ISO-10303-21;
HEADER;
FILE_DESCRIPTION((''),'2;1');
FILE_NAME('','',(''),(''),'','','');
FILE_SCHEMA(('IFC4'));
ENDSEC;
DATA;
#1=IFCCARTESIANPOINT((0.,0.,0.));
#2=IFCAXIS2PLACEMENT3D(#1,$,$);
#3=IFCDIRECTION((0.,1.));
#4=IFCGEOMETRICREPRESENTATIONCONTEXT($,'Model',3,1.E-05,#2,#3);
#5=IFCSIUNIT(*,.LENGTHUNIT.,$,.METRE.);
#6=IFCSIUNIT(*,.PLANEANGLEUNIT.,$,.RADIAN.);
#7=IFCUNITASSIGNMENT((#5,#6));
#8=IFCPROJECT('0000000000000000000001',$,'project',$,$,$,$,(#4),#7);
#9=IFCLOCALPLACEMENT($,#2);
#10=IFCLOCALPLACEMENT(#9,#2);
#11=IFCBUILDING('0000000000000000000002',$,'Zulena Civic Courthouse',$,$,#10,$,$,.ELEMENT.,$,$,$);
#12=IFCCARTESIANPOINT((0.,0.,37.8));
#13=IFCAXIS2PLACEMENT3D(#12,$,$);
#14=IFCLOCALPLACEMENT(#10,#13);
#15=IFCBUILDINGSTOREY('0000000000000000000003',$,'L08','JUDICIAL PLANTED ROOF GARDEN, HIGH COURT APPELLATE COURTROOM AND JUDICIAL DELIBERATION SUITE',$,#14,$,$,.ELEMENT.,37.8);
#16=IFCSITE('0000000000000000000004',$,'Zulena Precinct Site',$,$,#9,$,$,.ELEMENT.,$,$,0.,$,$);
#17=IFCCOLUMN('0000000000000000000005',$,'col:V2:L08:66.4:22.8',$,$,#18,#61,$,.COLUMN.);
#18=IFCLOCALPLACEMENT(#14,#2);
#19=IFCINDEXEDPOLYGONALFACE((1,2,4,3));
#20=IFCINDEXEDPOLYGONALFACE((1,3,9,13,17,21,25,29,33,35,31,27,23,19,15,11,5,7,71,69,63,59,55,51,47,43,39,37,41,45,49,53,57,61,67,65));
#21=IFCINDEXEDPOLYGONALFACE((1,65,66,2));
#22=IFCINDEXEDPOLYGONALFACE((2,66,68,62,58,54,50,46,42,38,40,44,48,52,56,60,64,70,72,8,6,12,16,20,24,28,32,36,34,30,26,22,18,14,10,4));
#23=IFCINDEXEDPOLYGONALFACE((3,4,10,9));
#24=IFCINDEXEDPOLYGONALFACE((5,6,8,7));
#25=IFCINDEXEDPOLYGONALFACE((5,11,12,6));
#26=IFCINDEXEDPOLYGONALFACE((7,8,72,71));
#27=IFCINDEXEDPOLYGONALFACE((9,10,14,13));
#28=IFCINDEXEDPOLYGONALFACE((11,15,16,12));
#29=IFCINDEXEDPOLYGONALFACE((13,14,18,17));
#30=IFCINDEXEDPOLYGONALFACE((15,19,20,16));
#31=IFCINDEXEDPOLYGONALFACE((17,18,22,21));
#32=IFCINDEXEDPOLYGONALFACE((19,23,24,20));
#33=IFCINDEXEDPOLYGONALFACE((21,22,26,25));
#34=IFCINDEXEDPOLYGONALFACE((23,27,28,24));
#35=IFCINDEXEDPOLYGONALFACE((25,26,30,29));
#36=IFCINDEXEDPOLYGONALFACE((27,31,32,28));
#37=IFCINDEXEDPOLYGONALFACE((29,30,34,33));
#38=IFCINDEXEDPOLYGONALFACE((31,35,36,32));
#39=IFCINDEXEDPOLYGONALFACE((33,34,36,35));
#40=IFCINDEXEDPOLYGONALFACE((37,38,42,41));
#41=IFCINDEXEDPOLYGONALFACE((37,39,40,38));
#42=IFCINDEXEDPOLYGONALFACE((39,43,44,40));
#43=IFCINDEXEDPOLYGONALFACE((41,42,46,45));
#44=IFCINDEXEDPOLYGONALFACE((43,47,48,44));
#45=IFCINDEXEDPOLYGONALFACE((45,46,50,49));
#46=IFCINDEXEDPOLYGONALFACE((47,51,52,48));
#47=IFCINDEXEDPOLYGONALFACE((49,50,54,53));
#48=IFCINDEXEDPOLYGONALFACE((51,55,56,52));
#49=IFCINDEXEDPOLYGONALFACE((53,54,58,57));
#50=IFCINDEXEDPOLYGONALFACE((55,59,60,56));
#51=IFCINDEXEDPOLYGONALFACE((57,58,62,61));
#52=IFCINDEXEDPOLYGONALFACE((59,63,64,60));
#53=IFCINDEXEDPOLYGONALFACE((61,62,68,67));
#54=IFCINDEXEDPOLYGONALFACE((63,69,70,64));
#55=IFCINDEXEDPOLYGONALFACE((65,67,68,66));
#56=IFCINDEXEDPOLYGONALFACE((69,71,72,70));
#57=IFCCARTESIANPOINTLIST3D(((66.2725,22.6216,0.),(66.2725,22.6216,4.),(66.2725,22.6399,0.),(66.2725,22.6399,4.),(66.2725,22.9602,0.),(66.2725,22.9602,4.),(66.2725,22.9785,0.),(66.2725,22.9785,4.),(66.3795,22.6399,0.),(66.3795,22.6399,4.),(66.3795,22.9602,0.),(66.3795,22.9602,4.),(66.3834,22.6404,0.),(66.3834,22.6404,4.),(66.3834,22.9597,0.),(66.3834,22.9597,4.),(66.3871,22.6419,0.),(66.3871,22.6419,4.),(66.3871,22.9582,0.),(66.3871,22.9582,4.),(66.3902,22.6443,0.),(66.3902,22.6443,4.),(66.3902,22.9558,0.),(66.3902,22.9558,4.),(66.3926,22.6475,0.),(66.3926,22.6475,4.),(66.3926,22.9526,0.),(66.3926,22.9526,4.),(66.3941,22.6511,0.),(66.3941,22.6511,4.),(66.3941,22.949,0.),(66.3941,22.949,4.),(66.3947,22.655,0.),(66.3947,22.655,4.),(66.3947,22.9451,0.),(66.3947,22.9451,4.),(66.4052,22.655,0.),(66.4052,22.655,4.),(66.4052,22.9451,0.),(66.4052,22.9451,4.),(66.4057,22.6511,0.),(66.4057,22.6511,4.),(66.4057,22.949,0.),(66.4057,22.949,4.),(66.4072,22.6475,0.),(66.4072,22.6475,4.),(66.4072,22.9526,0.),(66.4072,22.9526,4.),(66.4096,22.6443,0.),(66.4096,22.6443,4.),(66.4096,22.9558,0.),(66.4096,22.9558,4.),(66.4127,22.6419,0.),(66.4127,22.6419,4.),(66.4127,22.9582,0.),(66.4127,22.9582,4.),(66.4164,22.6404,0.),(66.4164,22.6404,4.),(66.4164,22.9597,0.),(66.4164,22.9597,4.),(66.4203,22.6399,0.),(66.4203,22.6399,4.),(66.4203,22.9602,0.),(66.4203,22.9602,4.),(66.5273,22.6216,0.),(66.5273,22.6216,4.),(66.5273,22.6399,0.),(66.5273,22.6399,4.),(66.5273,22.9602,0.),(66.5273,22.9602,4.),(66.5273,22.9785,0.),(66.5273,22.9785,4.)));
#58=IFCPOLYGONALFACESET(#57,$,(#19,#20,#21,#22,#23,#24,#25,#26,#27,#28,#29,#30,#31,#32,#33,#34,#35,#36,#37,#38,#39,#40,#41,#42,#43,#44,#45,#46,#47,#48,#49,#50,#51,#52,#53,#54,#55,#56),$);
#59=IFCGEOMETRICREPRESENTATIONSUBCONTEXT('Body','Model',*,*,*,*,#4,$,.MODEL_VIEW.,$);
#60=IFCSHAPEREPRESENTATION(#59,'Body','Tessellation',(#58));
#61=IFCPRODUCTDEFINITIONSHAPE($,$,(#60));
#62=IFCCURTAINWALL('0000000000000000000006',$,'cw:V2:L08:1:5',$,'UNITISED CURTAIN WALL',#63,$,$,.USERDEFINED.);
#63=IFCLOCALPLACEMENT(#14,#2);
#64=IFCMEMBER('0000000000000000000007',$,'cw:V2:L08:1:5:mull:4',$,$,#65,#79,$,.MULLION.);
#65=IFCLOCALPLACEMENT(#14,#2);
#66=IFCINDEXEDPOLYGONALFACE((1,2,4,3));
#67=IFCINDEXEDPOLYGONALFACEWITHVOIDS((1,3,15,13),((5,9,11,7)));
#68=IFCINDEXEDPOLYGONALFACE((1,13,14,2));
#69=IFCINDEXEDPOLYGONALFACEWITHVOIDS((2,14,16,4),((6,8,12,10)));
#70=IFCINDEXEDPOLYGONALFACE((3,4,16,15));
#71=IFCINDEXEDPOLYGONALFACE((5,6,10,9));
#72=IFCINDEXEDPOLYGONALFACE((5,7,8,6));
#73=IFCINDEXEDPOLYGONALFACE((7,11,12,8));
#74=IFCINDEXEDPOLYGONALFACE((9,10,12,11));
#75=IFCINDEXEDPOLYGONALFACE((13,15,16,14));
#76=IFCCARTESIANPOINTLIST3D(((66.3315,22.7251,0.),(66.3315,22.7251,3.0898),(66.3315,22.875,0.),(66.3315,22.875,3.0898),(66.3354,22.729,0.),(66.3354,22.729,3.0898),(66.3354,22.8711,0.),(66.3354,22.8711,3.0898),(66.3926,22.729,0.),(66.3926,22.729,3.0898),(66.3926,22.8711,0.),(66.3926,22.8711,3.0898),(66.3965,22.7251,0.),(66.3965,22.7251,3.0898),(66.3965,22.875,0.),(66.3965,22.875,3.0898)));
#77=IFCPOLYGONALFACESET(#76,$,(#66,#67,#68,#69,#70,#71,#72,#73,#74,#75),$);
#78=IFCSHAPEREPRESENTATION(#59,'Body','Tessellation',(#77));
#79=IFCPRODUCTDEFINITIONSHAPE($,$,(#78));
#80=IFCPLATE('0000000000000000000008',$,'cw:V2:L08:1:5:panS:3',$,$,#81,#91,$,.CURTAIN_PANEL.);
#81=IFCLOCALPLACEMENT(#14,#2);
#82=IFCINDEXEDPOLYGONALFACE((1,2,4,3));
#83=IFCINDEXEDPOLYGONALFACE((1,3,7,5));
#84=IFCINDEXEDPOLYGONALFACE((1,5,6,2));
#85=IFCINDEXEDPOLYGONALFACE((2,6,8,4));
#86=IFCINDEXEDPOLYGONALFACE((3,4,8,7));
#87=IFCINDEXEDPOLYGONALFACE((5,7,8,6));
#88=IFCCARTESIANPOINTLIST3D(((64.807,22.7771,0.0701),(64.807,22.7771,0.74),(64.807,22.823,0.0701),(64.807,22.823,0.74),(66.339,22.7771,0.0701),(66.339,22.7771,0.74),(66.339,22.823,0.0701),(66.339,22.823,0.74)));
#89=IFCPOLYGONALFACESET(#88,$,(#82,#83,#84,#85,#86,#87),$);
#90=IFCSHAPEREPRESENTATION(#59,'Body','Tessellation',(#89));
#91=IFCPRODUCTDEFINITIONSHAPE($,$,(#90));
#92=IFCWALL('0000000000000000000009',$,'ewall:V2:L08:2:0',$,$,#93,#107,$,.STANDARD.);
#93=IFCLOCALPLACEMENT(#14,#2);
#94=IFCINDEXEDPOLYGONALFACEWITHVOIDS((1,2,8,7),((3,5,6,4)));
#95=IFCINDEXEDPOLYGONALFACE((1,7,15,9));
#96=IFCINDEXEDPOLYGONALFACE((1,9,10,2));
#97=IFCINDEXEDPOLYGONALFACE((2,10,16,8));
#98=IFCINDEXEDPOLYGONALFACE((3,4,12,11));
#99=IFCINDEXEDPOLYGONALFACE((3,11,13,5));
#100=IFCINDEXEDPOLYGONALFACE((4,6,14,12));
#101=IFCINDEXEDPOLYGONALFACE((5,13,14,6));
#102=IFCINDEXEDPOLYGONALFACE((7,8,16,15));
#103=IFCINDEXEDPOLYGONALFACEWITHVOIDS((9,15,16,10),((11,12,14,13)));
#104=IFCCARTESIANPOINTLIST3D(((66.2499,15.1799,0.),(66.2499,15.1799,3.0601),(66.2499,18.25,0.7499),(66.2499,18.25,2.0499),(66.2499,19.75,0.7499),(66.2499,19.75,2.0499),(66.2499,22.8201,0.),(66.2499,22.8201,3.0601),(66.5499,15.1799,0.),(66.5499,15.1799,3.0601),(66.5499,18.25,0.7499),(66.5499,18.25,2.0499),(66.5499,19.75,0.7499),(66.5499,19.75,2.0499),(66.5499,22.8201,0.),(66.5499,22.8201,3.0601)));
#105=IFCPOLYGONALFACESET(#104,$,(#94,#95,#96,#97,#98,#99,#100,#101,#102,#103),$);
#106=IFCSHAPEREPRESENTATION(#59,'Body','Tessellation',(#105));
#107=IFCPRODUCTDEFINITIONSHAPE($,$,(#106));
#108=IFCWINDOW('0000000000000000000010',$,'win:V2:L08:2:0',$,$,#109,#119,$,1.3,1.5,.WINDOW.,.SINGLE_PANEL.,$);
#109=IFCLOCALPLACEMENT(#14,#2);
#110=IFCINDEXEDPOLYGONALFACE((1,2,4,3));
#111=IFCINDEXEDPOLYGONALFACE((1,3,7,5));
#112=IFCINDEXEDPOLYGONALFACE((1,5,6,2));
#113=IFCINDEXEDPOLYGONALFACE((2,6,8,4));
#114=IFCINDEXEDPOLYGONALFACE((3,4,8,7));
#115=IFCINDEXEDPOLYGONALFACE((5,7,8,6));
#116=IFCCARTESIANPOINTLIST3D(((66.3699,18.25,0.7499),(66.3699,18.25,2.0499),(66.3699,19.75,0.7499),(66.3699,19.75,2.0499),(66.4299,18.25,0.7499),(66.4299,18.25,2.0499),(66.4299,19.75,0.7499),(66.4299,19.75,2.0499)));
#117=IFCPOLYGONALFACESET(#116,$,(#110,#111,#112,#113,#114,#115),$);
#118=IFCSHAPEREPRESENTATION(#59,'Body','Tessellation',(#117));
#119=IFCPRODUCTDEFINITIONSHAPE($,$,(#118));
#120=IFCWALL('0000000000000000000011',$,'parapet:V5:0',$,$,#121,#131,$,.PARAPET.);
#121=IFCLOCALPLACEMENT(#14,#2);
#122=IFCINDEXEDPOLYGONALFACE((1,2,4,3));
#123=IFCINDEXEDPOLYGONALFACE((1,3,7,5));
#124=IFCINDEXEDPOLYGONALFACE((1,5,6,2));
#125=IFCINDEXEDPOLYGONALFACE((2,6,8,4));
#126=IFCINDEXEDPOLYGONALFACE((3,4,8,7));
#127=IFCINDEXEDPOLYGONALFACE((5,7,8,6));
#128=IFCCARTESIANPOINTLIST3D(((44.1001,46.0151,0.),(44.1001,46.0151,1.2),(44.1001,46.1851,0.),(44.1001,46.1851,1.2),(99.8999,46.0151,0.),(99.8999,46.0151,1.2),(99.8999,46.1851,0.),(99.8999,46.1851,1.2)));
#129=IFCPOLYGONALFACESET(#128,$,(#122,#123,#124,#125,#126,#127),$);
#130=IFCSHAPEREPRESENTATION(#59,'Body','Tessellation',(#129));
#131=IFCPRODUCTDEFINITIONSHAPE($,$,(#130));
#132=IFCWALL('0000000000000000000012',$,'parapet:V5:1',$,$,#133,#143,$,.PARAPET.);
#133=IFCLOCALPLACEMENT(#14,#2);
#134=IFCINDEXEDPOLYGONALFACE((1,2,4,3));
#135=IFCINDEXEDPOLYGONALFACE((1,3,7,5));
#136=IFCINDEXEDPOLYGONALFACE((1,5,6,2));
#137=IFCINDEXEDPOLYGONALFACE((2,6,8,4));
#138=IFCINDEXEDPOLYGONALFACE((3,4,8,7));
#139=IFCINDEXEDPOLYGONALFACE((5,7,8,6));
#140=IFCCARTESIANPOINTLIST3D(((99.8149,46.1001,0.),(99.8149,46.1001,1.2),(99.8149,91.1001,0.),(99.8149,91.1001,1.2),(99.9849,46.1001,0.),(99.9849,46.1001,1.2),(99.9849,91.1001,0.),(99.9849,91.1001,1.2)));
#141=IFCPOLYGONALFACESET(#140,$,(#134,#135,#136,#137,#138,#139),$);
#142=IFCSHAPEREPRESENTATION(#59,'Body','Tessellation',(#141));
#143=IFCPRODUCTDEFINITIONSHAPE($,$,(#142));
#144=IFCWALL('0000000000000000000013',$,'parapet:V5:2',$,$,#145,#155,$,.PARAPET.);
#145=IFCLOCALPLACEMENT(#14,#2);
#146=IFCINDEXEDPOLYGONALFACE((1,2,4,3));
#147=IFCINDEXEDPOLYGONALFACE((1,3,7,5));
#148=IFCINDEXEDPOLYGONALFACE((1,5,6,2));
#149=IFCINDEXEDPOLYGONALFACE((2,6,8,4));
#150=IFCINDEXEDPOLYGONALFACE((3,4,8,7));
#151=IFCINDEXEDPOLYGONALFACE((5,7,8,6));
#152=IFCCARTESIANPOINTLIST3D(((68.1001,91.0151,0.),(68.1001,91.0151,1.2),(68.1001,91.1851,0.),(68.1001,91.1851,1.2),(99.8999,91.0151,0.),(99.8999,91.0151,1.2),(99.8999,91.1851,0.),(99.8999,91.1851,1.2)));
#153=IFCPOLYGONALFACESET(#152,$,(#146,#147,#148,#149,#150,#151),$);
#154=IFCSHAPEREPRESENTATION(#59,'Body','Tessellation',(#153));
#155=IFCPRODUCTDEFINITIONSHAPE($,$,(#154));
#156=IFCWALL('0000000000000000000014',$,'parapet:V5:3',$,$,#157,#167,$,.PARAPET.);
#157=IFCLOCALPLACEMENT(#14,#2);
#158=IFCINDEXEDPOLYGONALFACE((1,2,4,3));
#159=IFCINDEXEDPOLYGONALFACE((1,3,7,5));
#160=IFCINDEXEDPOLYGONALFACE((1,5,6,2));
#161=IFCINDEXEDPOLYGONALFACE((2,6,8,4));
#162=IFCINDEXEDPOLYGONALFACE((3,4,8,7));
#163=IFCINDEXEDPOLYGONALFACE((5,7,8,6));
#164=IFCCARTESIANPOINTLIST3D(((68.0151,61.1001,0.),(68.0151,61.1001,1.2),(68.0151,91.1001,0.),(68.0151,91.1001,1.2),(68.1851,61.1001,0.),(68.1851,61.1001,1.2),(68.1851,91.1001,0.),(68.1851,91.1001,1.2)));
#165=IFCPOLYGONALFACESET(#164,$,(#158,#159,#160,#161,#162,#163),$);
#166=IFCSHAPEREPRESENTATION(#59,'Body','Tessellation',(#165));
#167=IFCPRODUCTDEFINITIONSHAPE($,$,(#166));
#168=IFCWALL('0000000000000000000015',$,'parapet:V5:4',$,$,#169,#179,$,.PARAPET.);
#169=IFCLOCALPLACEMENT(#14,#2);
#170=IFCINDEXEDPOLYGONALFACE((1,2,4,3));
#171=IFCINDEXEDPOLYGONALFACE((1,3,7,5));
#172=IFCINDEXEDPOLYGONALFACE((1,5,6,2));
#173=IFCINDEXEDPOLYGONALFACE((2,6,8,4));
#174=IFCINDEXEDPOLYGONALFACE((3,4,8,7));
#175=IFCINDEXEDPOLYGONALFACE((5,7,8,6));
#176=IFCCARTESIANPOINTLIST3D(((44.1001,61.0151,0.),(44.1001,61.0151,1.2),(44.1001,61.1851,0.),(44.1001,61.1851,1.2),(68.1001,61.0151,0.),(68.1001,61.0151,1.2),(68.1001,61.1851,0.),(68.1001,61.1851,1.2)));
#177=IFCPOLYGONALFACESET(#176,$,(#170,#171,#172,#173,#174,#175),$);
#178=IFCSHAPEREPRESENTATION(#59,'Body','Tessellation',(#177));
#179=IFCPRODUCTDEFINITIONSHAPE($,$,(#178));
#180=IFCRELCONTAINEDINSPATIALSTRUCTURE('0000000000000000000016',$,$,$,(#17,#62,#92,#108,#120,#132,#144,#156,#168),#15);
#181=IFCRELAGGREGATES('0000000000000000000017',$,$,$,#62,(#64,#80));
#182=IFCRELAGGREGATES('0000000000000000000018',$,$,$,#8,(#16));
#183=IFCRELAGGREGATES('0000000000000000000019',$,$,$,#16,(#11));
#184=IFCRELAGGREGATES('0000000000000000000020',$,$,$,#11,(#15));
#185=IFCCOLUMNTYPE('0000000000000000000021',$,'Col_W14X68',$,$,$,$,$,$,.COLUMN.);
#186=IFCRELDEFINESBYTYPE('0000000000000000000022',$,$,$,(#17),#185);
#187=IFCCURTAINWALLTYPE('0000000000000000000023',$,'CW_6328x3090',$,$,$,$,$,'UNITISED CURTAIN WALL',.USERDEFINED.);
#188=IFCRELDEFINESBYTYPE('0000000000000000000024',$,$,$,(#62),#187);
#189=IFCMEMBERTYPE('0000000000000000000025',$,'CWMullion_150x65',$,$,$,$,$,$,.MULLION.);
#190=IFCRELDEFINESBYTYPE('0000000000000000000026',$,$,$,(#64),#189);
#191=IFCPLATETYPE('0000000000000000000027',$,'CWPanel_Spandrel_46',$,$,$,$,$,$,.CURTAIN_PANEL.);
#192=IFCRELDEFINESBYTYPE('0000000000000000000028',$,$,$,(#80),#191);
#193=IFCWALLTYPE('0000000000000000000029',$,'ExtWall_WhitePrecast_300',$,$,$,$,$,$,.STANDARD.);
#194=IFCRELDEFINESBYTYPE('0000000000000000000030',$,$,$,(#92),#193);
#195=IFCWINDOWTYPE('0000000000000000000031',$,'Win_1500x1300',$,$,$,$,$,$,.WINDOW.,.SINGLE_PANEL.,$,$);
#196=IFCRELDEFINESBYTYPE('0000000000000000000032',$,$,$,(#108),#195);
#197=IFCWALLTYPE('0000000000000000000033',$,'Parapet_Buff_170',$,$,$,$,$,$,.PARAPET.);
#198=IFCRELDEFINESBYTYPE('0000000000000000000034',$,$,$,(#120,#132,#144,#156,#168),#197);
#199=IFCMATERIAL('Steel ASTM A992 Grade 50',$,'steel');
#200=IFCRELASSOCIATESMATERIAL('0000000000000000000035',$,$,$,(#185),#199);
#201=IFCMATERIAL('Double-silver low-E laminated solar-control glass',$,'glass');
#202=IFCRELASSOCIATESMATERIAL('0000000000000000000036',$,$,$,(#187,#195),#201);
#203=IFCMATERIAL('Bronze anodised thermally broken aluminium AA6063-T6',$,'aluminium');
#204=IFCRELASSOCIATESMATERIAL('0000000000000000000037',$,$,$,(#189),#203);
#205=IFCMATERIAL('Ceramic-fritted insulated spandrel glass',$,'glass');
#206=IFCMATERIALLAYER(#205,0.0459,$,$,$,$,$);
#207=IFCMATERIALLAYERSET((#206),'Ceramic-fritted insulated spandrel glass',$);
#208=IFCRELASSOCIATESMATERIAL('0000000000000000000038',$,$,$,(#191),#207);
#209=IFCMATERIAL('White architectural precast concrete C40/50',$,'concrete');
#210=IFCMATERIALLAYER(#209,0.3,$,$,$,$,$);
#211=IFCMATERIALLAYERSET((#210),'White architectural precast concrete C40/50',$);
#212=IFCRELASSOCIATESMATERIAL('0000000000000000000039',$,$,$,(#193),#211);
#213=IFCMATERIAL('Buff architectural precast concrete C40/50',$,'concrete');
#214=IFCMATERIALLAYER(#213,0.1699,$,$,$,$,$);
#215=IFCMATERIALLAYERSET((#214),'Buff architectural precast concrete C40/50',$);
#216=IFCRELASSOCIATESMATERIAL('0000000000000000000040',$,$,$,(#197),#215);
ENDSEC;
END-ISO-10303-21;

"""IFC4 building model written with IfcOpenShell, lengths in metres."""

from ifc_helpers import new_model, si_unit, direction, frame, frame_2d, origin, origin_2d, place, context, subcontext, project, spatial, rectangle, hollow_rectangle, i_section, extrude, material, layer, layer_set, material_profile, profile_set, type_object, element, fill, aggregate, save


model = new_model("IFC4")

# Units and contexts
model_context = context("Model", 3, precision=1e-05, world=origin(), true_north=direction((0.0, 1.0)))
body_context = subcontext(model_context, "Body", "Model", "MODEL_VIEW")
ifc_project = project(units=[si_unit("LENGTHUNIT", "METRE"), si_unit("PLANEANGLEUNIT", "RADIAN")], contexts=[model_context])

# Site, building, storey
site_placement = place(None, origin())
site = spatial("IfcSite", under=ifc_project, at=site_placement, Name="Zulena Precinct Site", CompositionType="ELEMENT", RefElevation=0.0)
building_placement = place(site_placement, origin())
building = spatial("IfcBuilding", under=site, at=building_placement, Name="Zulena Civic Courthouse", CompositionType="ELEMENT")
storey_placement = place(building_placement, frame((0.0, 0.0, 37.8)))
storey = spatial("IfcBuildingStorey", under=building, at=storey_placement, Name="L08", Description="JUDICIAL PLANTED ROOF GARDEN, HIGH COURT APPELLATE COURTROOM AND JUDICIAL DELIBERATION SUITE", CompositionType="ELEMENT", Elevation=37.8)

# Column
ifc_material_1 = material(Name="Steel ASTM A992 Grade 50", Category="steel")
ifc_material_profile_1 = material_profile(ifc_material_1, i_section(OverallWidth=0.2549, OverallDepth=0.3569, WebThickness=0.0105, FlangeThickness=0.0183, FilletRadius=0.0151, at=origin_2d()), Name="W14X68")
ifc_profile_set_1 = profile_set([ifc_material_profile_1], Name="Steel ASTM A992 Grade 50")
column_type = type_object("IfcColumnType", Name="Col_W14X68", PredefinedType="COLUMN", material=ifc_profile_set_1)
column_placement = place(storey_placement, frame((66.3999, 22.8, 0.0), z_axis=(0.0, 0.0, 1.0), x_axis=(1.0, 0.0, 0.0)))
element("IfcColumn", 1, at=column_placement, inside=storey, type_object=column_type, Name="col:V2:L08:66.4:22.8", PredefinedType="COLUMN", context=body_context, shape_type="SweptSolid", body=[
    extrude(i_section(OverallWidth=0.2549, OverallDepth=0.3569, WebThickness=0.0105, FlangeThickness=0.0183, FilletRadius=0.0151, at=origin_2d()), origin(), (0.0, 0.0, 1.0), 4.0),
])

# Curtain wall, member, plate
ifc_material_2 = material(Name="Double-silver low-E laminated solar-control glass", Category="glass")
curtain_wall_type = type_object("IfcCurtainWallType", Name="CW_6328x3090", ElementType="UNITISED CURTAIN WALL", PredefinedType="USERDEFINED", material=ifc_material_2)
curtain_wall_placement = place(storey_placement, origin())
curtain_wall = element("IfcCurtainWall", 2, at=curtain_wall_placement, inside=storey, type_object=curtain_wall_type, Name="cw:V2:L08:1:5", ObjectType="UNITISED CURTAIN WALL", PredefinedType="USERDEFINED")
ifc_material_3 = material(Name="Bronze anodised thermally broken aluminium AA6063-T6", Category="aluminium")
ifc_material_profile_2 = material_profile(ifc_material_3, hollow_rectangle(XDim=0.0649, YDim=0.1499, WallThickness=0.0039, at=origin_2d()), Name="CWM150X65X4")
ifc_profile_set_2 = profile_set([ifc_material_profile_2], Name="Bronze anodised thermally broken aluminium AA6063-T6")
member_type = type_object("IfcMemberType", Name="CWMullion_150x65", PredefinedType="MULLION", material=ifc_profile_set_2)
member_placement = place(storey_placement, frame((66.364, 22.8, 0.0), z_axis=(0.0, 0.0, 1.0), x_axis=(1.0, 0.0, 0.0)))
member = element("IfcMember", 3, at=member_placement, type_object=member_type, Name="cw:V2:L08:1:5:mull:4", PredefinedType="MULLION", context=body_context, shape_type="SweptSolid", body=[
    extrude(hollow_rectangle(XDim=0.0649, YDim=0.1499, WallThickness=0.0039, at=origin_2d()), origin(), (0.0, 0.0, 1.0), 3.0898),
])
ifc_material_4 = material(Name="Ceramic-fritted insulated spandrel glass", Category="glass")
ifc_layer_1 = layer(ifc_material_4, 0.0459)
ifc_layer_set_1 = layer_set([ifc_layer_1], Name="Ceramic-fritted insulated spandrel glass")
plate_type = type_object("IfcPlateType", Name="CWPanel_Spandrel_46", PredefinedType="CURTAIN_PANEL", material=ifc_layer_set_1)
plate_placement = place(storey_placement, frame((65.573, 22.8, 0.0701), z_axis=(0.0, 0.0, 1.0), x_axis=(1.0, 0.0, 0.0)))
plate = element("IfcPlate", 4, at=plate_placement, type_object=plate_type, Name="cw:V2:L08:1:5:panS:3", PredefinedType="CURTAIN_PANEL", context=body_context, shape_type="SweptSolid", body=[
    extrude(rectangle(XDim=1.532, YDim=0.0459, at=origin_2d()), origin(), (0.0, 0.0, 1.0), 0.6699),
])
aggregate(curtain_wall, [member, plate])

# Wall, opening, window
ifc_material_5 = material(Name="White architectural precast concrete C40/50", Category="concrete")
ifc_layer_2 = layer(ifc_material_5, 0.3)
ifc_layer_set_2 = layer_set([ifc_layer_2], Name="White architectural precast concrete C40/50")
wall_type_1 = type_object("IfcWallType", Name="ExtWall_WhitePrecast_300", PredefinedType="STANDARD", material=ifc_layer_set_2)
wall_1_placement = place(storey_placement, frame((66.3999, 22.8201, 0.0), z_axis=(0.0, 0.0, 1.0), x_axis=(0.0, -1.0, 0.0)))
wall_1 = element("IfcWall", 5, at=wall_1_placement, inside=storey, type_object=wall_type_1, Name="ewall:V2:L08:2:0", PredefinedType="STANDARD", context=body_context, shape_type="SweptSolid", body=[
    extrude(rectangle(XDim=7.6401, YDim=0.3, at=frame_2d((3.8201, 0.0))), origin(), (0.0, 0.0, 1.0), 3.0601),
])
opening_placement = place(wall_1_placement, frame((3.0701, 0.0, 0.75)))
opening = element("IfcOpeningElement", 6, at=opening_placement, cuts=wall_1, PredefinedType="OPENING", context=body_context, shape_type="SweptSolid", body=[
    extrude(rectangle(XDim=1.5, YDim=1.3, at=frame_2d((0.75, 0.6499))), frame((0.0, 0.1599, 0.0), z_axis=(0.0, -1.0, 0.0), x_axis=(1.0, 0.0, 0.0)), (0.0, 0.0, 1.0), 0.3201),
])
window_type = type_object("IfcWindowType", Name="Win_1500x1300", PartitioningType="SINGLE_PANEL", PredefinedType="WINDOW", material=ifc_material_2)
window_placement = place(opening_placement, origin())
window = element("IfcWindow", 7, at=window_placement, inside=storey, type_object=window_type, Name="win:V2:L08:2:0", OverallHeight=1.3, OverallWidth=1.5, PartitioningType="SINGLE_PANEL", PredefinedType="WINDOW", context=body_context, shape_type="SweptSolid", body=[
    extrude(rectangle(XDim=1.5, YDim=1.3, at=frame_2d((0.75, 0.6499))), frame((0.0, 0.03, 0.0), z_axis=(0.0, -1.0, 0.0), x_axis=(1.0, 0.0, 0.0)), (0.0, 0.0, 1.0), 0.0601),
])
fill(opening, window)

# Walls
ifc_material_6 = material(Name="Buff architectural precast concrete C40/50", Category="concrete")
ifc_layer_3 = layer(ifc_material_6, 0.1699)
ifc_layer_set_3 = layer_set([ifc_layer_3], Name="Buff architectural precast concrete C40/50")
wall_type_2 = type_object("IfcWallType", Name="Parapet_Buff_170", PredefinedType="PARAPET", material=ifc_layer_set_3)
wall_2_placement = place(storey_placement, frame((44.1001, 46.1001, 0.0), z_axis=(0.0, 0.0, 1.0), x_axis=(1.0, 0.0, 0.0)))
element("IfcWall", 8, at=wall_2_placement, inside=storey, type_object=wall_type_2, Name="parapet:V5:0", PredefinedType="PARAPET", context=body_context, shape_type="SweptSolid", body=[
    extrude(rectangle(XDim=55.7998, YDim=0.1699, at=frame_2d((27.8999, 0.0))), origin(), (0.0, 0.0, 1.0), 1.2),
])
wall_3_placement = place(storey_placement, frame((99.8999, 46.1001, 0.0), z_axis=(0.0, 0.0, 1.0), x_axis=(0.0, 1.0, 0.0)))
element("IfcWall", 9, at=wall_3_placement, inside=storey, type_object=wall_type_2, Name="parapet:V5:1", PredefinedType="PARAPET", context=body_context, shape_type="SweptSolid", body=[
    extrude(rectangle(XDim=45.0, YDim=0.1699, at=frame_2d((22.5, 0.0))), origin(), (0.0, 0.0, 1.0), 1.2),
])
wall_4_placement = place(storey_placement, frame((99.8999, 91.1001, 0.0), z_axis=(0.0, 0.0, 1.0), x_axis=(-1.0, 0.0, 0.0)))
element("IfcWall", 10, at=wall_4_placement, inside=storey, type_object=wall_type_2, Name="parapet:V5:2", PredefinedType="PARAPET", context=body_context, shape_type="SweptSolid", body=[
    extrude(rectangle(XDim=31.7998, YDim=0.1699, at=frame_2d((15.8999, 0.0))), origin(), (0.0, 0.0, 1.0), 1.2),
])
wall_5_placement = place(storey_placement, frame((68.1001, 91.1001, 0.0), z_axis=(0.0, 0.0, 1.0), x_axis=(0.0, -1.0, 0.0)))
element("IfcWall", 11, at=wall_5_placement, inside=storey, type_object=wall_type_2, Name="parapet:V5:3", PredefinedType="PARAPET", context=body_context, shape_type="SweptSolid", body=[
    extrude(rectangle(XDim=30.0, YDim=0.1699, at=frame_2d((15.0, 0.0))), origin(), (0.0, 0.0, 1.0), 1.2),
])
wall_6_placement = place(storey_placement, frame((68.1001, 61.1001, 0.0), z_axis=(0.0, 0.0, 1.0), x_axis=(-1.0, 0.0, 0.0)))
element("IfcWall", 12, at=wall_6_placement, inside=storey, type_object=wall_type_2, Name="parapet:V5:4", PredefinedType="PARAPET", context=body_context, shape_type="SweptSolid", body=[
    extrude(rectangle(XDim=24.0, YDim=0.1699, at=frame_2d((12.0, 0.0))), origin(), (0.0, 0.0, 1.0), 1.2),
])

save(model, "model.ifc")
